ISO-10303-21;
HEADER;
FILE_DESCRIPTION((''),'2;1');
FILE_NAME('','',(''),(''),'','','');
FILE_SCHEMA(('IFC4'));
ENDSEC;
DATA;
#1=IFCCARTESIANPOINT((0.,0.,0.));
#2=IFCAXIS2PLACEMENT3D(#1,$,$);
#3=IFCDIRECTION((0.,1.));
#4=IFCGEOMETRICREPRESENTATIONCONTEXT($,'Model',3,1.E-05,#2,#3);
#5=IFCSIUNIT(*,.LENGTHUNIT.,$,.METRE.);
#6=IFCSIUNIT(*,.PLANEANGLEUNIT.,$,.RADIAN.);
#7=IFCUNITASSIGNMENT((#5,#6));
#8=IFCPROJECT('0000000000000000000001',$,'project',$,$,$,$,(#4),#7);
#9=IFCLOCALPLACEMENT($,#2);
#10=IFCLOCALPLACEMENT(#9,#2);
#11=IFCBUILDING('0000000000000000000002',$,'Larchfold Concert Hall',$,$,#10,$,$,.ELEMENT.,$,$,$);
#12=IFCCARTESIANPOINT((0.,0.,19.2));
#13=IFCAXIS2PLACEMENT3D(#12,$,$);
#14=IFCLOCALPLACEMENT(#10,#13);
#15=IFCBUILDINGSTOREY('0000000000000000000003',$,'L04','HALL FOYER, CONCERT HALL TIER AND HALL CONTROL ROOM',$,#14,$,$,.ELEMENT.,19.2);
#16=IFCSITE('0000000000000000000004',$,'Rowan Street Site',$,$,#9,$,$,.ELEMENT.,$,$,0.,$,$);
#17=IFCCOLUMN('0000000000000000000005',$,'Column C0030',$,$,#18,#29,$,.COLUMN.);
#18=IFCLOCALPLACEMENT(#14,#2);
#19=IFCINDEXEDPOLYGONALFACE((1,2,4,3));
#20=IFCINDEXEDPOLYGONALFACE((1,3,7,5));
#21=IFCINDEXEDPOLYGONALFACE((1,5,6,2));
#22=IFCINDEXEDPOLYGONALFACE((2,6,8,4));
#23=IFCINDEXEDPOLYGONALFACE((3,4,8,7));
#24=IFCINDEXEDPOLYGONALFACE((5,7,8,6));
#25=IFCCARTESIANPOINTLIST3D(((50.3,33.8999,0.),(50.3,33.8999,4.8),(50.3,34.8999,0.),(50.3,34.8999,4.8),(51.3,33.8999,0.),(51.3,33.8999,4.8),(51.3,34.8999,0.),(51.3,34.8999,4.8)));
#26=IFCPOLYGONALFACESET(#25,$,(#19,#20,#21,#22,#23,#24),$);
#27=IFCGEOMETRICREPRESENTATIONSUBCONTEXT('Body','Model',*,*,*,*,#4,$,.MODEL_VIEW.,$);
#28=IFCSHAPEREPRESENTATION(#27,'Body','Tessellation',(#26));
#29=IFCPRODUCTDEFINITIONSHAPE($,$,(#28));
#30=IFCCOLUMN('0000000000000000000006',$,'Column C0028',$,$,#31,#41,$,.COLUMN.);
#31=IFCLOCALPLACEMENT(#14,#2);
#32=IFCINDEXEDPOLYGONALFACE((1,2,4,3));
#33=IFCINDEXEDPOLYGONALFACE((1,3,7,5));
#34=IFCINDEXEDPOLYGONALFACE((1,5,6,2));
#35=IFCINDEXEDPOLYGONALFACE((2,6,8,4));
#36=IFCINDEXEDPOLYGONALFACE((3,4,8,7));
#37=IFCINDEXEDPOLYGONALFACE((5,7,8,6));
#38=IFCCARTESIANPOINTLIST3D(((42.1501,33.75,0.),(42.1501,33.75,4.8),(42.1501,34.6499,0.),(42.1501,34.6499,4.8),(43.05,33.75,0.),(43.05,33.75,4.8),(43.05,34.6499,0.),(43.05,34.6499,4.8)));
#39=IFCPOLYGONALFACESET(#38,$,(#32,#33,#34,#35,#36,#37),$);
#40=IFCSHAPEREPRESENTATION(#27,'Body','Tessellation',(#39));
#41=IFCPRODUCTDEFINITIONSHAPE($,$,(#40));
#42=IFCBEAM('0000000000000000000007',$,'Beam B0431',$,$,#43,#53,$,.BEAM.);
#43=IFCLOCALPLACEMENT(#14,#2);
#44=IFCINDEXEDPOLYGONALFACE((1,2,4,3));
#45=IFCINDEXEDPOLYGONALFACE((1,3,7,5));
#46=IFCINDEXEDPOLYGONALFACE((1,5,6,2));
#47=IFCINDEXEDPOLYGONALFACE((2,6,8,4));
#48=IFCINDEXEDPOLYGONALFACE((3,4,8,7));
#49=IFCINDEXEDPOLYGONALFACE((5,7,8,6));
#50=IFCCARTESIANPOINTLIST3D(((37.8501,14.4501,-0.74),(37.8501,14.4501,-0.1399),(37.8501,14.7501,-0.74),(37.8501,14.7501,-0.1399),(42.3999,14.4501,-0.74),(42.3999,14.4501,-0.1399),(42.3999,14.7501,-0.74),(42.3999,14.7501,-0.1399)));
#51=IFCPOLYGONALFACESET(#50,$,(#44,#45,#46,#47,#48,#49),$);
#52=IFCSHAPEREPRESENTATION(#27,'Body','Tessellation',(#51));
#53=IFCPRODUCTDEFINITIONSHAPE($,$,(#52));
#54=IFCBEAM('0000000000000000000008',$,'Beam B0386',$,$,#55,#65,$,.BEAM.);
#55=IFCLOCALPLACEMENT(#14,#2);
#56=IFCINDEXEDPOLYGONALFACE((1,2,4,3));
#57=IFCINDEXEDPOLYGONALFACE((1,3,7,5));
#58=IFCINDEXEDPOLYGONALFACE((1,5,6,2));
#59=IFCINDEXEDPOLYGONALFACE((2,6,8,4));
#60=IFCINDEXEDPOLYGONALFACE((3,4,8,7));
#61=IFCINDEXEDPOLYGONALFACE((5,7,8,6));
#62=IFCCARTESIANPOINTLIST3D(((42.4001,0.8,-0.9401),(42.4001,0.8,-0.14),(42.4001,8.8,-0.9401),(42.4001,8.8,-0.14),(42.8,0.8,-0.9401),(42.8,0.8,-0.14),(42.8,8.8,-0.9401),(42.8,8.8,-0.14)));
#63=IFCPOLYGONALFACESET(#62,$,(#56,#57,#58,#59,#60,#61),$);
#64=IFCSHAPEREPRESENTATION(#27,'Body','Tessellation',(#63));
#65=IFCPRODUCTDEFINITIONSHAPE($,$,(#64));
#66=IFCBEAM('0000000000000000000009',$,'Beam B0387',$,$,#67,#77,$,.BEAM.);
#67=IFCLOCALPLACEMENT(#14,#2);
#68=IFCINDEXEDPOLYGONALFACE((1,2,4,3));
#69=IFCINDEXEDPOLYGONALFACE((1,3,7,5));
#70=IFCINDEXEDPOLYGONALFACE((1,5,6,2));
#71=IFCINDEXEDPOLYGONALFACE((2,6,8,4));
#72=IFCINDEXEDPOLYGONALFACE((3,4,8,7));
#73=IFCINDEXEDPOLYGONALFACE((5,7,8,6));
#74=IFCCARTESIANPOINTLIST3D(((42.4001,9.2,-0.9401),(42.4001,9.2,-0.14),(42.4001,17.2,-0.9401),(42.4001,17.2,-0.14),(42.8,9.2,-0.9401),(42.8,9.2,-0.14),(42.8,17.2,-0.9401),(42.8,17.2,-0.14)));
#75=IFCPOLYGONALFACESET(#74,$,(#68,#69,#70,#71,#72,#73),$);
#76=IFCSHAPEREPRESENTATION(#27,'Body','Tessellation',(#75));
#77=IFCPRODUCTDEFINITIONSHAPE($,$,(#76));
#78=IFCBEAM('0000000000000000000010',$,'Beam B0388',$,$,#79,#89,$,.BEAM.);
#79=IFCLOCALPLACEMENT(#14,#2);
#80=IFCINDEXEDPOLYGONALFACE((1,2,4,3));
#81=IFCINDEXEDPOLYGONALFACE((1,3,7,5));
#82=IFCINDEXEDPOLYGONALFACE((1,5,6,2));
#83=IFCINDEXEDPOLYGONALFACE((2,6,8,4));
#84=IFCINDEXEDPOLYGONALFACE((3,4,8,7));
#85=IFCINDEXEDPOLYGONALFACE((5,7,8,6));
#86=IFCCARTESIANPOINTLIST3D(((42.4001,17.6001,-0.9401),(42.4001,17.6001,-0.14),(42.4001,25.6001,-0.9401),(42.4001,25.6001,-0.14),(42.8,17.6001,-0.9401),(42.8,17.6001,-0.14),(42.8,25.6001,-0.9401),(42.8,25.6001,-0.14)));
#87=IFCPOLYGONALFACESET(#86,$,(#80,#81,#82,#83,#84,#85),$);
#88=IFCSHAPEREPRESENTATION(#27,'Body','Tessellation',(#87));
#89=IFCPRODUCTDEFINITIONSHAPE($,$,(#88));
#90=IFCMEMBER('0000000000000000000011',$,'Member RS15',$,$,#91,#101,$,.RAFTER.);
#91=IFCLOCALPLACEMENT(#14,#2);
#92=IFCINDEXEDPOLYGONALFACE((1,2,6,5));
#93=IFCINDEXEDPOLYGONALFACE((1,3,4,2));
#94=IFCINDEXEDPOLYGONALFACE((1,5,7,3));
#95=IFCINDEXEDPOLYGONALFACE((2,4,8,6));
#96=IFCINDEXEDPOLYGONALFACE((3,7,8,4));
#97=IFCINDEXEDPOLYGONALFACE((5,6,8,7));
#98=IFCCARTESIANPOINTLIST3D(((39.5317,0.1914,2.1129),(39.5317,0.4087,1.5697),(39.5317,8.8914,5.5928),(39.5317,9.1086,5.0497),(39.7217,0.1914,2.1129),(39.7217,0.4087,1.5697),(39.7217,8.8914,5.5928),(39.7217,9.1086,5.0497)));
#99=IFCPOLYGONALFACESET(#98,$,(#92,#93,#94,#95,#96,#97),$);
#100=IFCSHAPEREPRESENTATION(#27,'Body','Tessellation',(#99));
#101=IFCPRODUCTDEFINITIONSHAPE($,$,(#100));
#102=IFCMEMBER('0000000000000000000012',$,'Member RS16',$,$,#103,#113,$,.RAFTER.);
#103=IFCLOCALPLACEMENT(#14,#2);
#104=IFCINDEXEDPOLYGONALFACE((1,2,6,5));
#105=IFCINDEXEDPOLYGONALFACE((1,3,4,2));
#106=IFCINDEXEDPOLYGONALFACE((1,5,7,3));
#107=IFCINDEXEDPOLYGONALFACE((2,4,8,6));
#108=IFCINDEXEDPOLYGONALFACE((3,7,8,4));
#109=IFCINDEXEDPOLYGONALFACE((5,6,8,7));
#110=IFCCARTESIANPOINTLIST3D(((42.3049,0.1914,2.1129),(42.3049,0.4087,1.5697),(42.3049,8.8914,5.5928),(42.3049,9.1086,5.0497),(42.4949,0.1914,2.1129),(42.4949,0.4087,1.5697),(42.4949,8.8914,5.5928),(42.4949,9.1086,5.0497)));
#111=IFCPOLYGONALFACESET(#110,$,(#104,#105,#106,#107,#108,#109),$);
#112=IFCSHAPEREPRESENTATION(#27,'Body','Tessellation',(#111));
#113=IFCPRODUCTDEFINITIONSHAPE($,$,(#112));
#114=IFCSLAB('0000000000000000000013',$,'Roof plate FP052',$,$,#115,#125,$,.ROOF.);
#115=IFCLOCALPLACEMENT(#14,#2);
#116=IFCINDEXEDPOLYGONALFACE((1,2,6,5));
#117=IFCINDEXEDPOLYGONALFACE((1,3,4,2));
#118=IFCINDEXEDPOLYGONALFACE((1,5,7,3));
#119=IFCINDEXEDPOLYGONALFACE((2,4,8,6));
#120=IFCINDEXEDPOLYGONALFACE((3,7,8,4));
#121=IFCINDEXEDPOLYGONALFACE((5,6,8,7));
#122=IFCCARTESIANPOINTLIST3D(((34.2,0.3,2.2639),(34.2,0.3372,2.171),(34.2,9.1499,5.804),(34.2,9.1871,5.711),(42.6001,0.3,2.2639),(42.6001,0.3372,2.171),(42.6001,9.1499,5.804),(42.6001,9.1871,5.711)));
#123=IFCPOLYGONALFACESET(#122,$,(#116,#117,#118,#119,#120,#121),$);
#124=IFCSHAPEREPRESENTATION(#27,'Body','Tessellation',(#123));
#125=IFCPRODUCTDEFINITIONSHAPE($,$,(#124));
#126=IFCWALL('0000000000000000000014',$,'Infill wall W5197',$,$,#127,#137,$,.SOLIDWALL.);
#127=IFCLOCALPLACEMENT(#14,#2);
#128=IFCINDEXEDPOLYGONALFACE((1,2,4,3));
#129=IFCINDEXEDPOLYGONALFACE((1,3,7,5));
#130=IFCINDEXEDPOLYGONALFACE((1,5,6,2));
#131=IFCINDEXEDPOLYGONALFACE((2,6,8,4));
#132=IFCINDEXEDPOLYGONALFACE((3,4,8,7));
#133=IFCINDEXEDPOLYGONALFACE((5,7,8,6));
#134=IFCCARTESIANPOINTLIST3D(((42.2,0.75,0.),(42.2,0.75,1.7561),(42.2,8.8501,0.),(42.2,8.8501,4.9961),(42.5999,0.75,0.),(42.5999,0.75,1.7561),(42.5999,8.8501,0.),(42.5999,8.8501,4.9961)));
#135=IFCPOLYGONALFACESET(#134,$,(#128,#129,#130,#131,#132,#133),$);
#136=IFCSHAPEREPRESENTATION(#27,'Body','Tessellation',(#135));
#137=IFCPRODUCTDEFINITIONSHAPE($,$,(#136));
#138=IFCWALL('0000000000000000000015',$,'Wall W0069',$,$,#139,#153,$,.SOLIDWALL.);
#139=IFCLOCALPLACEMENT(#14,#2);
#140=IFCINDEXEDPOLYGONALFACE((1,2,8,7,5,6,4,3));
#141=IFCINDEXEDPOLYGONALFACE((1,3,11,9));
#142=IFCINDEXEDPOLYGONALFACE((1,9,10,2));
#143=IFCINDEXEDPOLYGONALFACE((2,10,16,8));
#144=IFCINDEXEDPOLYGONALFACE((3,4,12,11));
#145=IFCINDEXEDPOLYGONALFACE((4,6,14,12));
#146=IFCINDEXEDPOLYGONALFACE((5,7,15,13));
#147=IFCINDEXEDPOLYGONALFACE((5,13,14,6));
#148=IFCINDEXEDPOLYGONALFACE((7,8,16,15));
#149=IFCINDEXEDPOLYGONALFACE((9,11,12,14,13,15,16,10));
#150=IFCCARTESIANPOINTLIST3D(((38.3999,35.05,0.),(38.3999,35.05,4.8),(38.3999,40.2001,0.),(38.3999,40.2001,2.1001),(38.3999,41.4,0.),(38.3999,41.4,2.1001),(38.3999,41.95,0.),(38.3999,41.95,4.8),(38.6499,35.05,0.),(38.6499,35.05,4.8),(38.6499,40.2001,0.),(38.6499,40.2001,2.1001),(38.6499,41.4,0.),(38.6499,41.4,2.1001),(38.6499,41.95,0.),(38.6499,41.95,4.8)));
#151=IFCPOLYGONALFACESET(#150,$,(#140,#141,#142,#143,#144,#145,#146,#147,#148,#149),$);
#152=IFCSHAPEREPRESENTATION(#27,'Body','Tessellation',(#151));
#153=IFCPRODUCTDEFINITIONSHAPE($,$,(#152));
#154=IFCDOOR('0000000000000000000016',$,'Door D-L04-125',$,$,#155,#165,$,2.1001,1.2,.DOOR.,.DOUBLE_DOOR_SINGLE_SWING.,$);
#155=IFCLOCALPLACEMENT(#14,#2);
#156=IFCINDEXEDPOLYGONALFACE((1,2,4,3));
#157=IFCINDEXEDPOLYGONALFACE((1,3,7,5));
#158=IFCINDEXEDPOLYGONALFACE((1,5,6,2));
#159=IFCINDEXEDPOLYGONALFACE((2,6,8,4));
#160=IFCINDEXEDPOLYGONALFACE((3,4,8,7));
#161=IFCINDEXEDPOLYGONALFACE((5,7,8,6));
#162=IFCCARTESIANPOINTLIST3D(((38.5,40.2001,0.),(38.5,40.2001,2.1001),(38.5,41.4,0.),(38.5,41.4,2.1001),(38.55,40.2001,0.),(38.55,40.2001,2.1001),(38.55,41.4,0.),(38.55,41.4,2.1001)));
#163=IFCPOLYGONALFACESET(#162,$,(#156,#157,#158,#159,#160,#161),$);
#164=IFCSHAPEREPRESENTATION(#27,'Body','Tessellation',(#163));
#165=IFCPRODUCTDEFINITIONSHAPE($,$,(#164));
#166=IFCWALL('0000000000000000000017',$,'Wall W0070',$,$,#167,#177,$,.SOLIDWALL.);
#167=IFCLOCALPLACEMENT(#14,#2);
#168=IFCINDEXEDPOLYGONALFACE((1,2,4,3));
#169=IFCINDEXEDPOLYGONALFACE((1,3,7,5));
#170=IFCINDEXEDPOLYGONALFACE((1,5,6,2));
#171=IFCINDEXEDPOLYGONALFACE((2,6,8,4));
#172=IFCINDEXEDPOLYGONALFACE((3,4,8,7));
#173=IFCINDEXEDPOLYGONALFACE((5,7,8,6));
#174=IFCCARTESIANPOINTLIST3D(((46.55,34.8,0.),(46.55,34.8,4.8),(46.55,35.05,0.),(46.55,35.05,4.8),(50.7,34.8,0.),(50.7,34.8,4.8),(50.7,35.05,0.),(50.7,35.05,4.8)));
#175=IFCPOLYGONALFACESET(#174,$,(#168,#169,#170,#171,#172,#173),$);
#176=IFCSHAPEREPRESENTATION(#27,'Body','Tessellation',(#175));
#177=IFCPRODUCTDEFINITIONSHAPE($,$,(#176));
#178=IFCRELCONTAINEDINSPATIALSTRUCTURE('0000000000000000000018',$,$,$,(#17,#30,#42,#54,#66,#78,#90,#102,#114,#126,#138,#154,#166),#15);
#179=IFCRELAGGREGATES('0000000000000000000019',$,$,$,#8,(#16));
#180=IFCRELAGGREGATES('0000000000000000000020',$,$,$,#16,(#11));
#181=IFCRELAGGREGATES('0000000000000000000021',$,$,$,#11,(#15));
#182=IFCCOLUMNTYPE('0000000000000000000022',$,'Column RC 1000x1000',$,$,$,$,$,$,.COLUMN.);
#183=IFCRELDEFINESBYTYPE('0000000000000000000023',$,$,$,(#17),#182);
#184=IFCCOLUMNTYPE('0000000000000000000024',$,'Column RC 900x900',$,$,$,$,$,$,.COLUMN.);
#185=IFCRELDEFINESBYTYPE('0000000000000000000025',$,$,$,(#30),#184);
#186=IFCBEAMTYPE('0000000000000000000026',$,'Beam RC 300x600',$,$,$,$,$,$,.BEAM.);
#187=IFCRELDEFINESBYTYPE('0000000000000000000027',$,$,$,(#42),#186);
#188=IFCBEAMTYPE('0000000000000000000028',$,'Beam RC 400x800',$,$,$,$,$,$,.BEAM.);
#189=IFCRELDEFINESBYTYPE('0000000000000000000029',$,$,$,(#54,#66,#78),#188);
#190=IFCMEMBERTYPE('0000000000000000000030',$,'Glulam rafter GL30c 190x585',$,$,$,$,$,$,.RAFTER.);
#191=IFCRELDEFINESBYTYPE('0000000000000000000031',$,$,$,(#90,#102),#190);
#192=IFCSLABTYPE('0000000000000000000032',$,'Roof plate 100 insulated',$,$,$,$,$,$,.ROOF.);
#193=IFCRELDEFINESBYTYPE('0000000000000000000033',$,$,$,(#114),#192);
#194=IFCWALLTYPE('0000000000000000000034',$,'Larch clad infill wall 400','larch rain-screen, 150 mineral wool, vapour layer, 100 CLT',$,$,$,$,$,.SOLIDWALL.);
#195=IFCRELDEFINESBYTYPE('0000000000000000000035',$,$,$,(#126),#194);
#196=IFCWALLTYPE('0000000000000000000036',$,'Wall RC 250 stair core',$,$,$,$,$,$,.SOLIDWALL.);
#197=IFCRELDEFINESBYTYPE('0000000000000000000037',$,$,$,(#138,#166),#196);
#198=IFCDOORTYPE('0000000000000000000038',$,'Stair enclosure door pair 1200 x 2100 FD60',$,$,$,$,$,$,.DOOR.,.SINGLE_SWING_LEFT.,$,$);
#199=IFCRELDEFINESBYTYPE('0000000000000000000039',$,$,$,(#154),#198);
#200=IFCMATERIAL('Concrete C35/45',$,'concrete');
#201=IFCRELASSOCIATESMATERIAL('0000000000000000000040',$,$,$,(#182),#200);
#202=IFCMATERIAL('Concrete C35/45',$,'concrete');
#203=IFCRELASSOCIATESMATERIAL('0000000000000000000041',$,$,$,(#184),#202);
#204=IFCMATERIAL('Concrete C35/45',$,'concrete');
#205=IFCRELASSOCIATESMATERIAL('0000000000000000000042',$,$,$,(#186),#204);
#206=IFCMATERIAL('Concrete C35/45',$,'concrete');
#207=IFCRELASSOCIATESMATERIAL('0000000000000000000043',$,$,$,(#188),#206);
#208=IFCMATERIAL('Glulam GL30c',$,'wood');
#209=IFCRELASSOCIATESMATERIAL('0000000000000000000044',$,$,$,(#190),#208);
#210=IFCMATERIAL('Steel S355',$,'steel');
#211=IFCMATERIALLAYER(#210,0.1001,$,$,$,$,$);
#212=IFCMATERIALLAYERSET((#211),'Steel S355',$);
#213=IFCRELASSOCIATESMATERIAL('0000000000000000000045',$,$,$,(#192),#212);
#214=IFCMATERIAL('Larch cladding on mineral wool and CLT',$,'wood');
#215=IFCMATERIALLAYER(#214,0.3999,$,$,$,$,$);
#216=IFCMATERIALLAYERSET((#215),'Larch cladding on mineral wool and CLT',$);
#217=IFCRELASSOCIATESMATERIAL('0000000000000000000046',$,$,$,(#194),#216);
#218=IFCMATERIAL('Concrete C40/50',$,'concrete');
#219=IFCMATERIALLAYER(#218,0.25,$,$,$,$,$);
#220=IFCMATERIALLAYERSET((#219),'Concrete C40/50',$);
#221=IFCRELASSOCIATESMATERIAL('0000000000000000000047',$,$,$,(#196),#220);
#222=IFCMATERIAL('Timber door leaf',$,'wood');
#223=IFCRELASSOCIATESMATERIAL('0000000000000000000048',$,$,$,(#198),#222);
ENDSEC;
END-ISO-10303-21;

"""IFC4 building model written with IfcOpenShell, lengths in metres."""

from ifc_helpers import new_model, si_unit, direction, frame, frame_2d, origin, origin_2d, place, context, subcontext, project, spatial, polyline, rectangle, outline, extrude, material, layer, layer_set, material_profile, profile_set, type_object, element, fill, save


model = new_model("IFC4")

# Units and contexts
model_context = context("Model", 3, precision=1e-05, world=origin(), true_north=direction((0.0, 1.0)))
body_context = subcontext(model_context, "Body", "Model", "MODEL_VIEW")
ifc_project = project(units=[si_unit("LENGTHUNIT", "METRE"), si_unit("PLANEANGLEUNIT", "RADIAN")], contexts=[model_context])

# Site, building, storey
site_placement = place(None, origin())
site = spatial("IfcSite", under=ifc_project, at=site_placement, Name="Rowan Street Site", CompositionType="ELEMENT", RefElevation=0.0)
building_placement = place(site_placement, origin())
building = spatial("IfcBuilding", under=site, at=building_placement, Name="Larchfold Concert Hall", CompositionType="ELEMENT")
storey_placement = place(building_placement, frame((0.0, 0.0, 19.2)))
storey = spatial("IfcBuildingStorey", under=building, at=storey_placement, Name="L04", Description="HALL FOYER, CONCERT HALL TIER AND HALL CONTROL ROOM", CompositionType="ELEMENT", Elevation=19.2)

# Columns
ifc_material_1 = material(Name="Concrete C35/45", Category="concrete")
ifc_material_profile_1 = material_profile(ifc_material_1, rectangle(XDim=1.0, YDim=1.0, at=origin_2d()))
ifc_profile_set_1 = profile_set([ifc_material_profile_1], Name="Concrete C35/45")
column_type_1 = type_object("IfcColumnType", Name="Column RC 1000x1000", PredefinedType="COLUMN", material=ifc_profile_set_1)
column_1_placement = place(storey_placement, frame((50.8, 34.3999, 0.0), z_axis=(0.0, 0.0, 1.0), x_axis=(1.0, 0.0, 0.0)))
element("IfcColumn", 1, at=column_1_placement, inside=storey, type_object=column_type_1, Name="Column C0030", PredefinedType="COLUMN", context=body_context, shape_type="SweptSolid", body=[
    extrude(rectangle(XDim=1.0, YDim=1.0, at=origin_2d()), origin(), (0.0, 0.0, 1.0), 4.8),
])
ifc_material_2 = material(Name="Concrete C35/45", Category="concrete")
ifc_material_profile_2 = material_profile(ifc_material_2, rectangle(XDim=0.8999, YDim=0.8999, at=origin_2d()))
ifc_profile_set_2 = profile_set([ifc_material_profile_2], Name="Concrete C35/45")
column_type_2 = type_object("IfcColumnType", Name="Column RC 900x900", PredefinedType="COLUMN", material=ifc_profile_set_2)
column_2_placement = place(storey_placement, frame((42.6001, 34.2, 0.0), z_axis=(0.0, 0.0, 1.0), x_axis=(1.0, 0.0, 0.0)))
element("IfcColumn", 2, at=column_2_placement, inside=storey, type_object=column_type_2, Name="Column C0028", PredefinedType="COLUMN", context=body_context, shape_type="SweptSolid", body=[
    extrude(rectangle(XDim=0.8999, YDim=0.8999, at=origin_2d()), origin(), (0.0, 0.0, 1.0), 4.8),
])

# Beams
ifc_material_3 = material(Name="Concrete C35/45", Category="concrete")
ifc_material_profile_3 = material_profile(ifc_material_3, rectangle(XDim=0.3, YDim=0.6001, at=origin_2d()))
ifc_profile_set_3 = profile_set([ifc_material_profile_3], Name="Concrete C35/45")
beam_type_1 = type_object("IfcBeamType", Name="Beam RC 300x600", PredefinedType="BEAM", material=ifc_profile_set_3)
beam_placement = place(storey_placement, frame((37.8501, 14.6001, -0.4399), z_axis=(1.0, 0.0, 0.0), x_axis=(0.0, 1.0, 0.0)))
element("IfcBeam", 3, at=beam_placement, inside=storey, type_object=beam_type_1, Name="Beam B0431", PredefinedType="BEAM", context=body_context, shape_type="SweptSolid", body=[
    extrude(rectangle(XDim=0.3, YDim=0.6001, at=origin_2d()), origin(), (0.0, 0.0, 1.0), 4.5498),
])
ifc_material_4 = material(Name="Concrete C35/45", Category="concrete")
ifc_material_profile_4 = material_profile(ifc_material_4, rectangle(XDim=0.3999, YDim=0.8, at=origin_2d()))
ifc_profile_set_4 = profile_set([ifc_material_profile_4], Name="Concrete C35/45")
beam_type_2 = type_object("IfcBeamType", Name="Beam RC 400x800", PredefinedType="BEAM", material=ifc_profile_set_4)
for number, where, z_axis, x_axis, name in (
    (4, (42.6001, 0.8, -0.54), (0.0, 1.0, 0.0), (-1.0, 0.0, 0.0), "Beam B0386"),
    (5, (42.6001, 9.2, -0.54), (0.0, 1.0, 0.0), (-1.0, 0.0, 0.0), "Beam B0387"),
    (6, (42.6001, 17.6001, -0.54), (0.0, 1.0, 0.0), (-1.0, 0.0, 0.0), "Beam B0388"),
):
    element("IfcBeam", number, at=place(storey_placement, frame(where, z_axis=z_axis, x_axis=x_axis)), inside=storey, type_object=beam_type_2, Name=name, PredefinedType="BEAM", context=body_context, shape_type="SweptSolid", body=[
        extrude(rectangle(XDim=0.3999, YDim=0.8, at=origin_2d()), origin(), (0.0, 0.0, 1.0), 8.0),
    ])

# Members
ifc_material_5 = material(Name="Glulam GL30c", Category="wood")
ifc_material_profile_5 = material_profile(ifc_material_5, rectangle(XDim=0.1899, YDim=0.585, at=origin_2d()))
ifc_profile_set_5 = profile_set([ifc_material_profile_5], Name="Glulam GL30c")
member_type = type_object("IfcMemberType", Name="Glulam rafter GL30c 190x585", PredefinedType="RAFTER", material=ifc_profile_set_5)
for number, where, z_axis, x_axis, name in (
    (7, (39.6267, 0.3, 1.8413), (0.0, 0.928477, 0.371391), (-1.0, 0.0, 0.0), "Member RS15"),
    (8, (42.3999, 0.3, 1.8413), (0.0, 0.928477, 0.371391), (-1.0, 0.0, 0.0), "Member RS16"),
):
    element("IfcMember", number, at=place(storey_placement, frame(where, z_axis=z_axis, x_axis=x_axis)), inside=storey, type_object=member_type, Name=name, PredefinedType="RAFTER", context=body_context, shape_type="SweptSolid", body=[
        extrude(rectangle(XDim=0.1899, YDim=0.585, at=origin_2d()), origin(), (0.0, 0.0, 1.0), 9.3701),
    ])

# Slab
ifc_material_6 = material(Name="Steel S355", Category="steel")
ifc_layer_1 = layer(ifc_material_6, 0.1001)
ifc_layer_set_1 = layer_set([ifc_layer_1], Name="Steel S355")
slab_type = type_object("IfcSlabType", Name="Roof plate 100 insulated", PredefinedType="ROOF", material=ifc_layer_set_1)
slab_placement = place(storey_placement, frame((42.6001, 0.3, 2.2639), z_axis=(0.0, -0.3714, 0.928473), x_axis=(0.0, 0.928473, 0.3714)))
element("IfcSlab", 9, at=slab_placement, inside=storey, type_object=slab_type, Name="Roof plate FP052", PredefinedType="ROOF", context=body_context, shape_type="SweptSolid", body=[
    extrude(outline(polyline([(0.0, 0.0), (9.5316, 0.0), (9.5316, 8.4001), (0.0, 8.4001), (0.0, 0.0)])), origin(), (0.0, 0.0, -1.0), 0.1001),
])

# Wall
ifc_material_7 = material(Name="Larch cladding on mineral wool and CLT", Category="wood")
ifc_layer_2 = layer(ifc_material_7, 0.3999)
ifc_layer_set_2 = layer_set([ifc_layer_2], Name="Larch cladding on mineral wool and CLT")
wall_type_1 = type_object("IfcWallType", Name="Larch clad infill wall 400", Description="larch rain-screen, 150 mineral wool, vapour layer, 100 CLT", PredefinedType="SOLIDWALL", material=ifc_layer_set_2)
wall_1_placement = place(storey_placement, frame((42.3999, 0.75, 0.0), z_axis=(0.0, 0.0, 1.0), x_axis=(0.0, 1.0, 0.0)))
element("IfcWall", 10, at=wall_1_placement, inside=storey, type_object=wall_type_1, Name="Infill wall W5197", PredefinedType="SOLIDWALL", context=body_context, shape_type="SweptSolid", body=[
    extrude(outline(polyline([(0.0, 0.0), (8.1001, 0.0), (8.1001, 4.9961), (0.0, 1.7561), (0.0, 0.0)])), frame((0.0, 0.2, 0.0), z_axis=(0.0, -1.0, 0.0), x_axis=(1.0, 0.0, 0.0)), (0.0, 0.0, 1.0), 0.3999),
])

# Wall, opening, door
ifc_material_8 = material(Name="Concrete C40/50", Category="concrete")
ifc_layer_3 = layer(ifc_material_8, 0.25)
ifc_layer_set_3 = layer_set([ifc_layer_3], Name="Concrete C40/50")
wall_type_2 = type_object("IfcWallType", Name="Wall RC 250 stair core", PredefinedType="SOLIDWALL", material=ifc_layer_set_3)
wall_2_placement = place(storey_placement, frame((38.5249, 35.05, 0.0), z_axis=(0.0, 0.0, 1.0), x_axis=(0.0, 1.0, 0.0)))
wall_2 = element("IfcWall", 11, at=wall_2_placement, inside=storey, type_object=wall_type_2, Name="Wall W0069", PredefinedType="SOLIDWALL", context=body_context, shape_type="SweptSolid", body=[
    extrude(rectangle(XDim=6.8999, YDim=0.25, at=frame_2d((3.45, 0.0))), origin(), (0.0, 0.0, 1.0), 4.8),
])
opening_1_placement = place(wall_2_placement, frame((5.1499, 0.0, 0.0)))
opening_1 = element("IfcOpeningElement", 12, at=opening_1_placement, cuts=wall_2, PredefinedType="OPENING", context=body_context, shape_type="SweptSolid", body=[
    extrude(rectangle(XDim=1.2, YDim=2.1001, at=frame_2d((0.6001, 1.05))), frame((0.0, 0.135, 0.0), z_axis=(0.0, -1.0, 0.0), x_axis=(1.0, 0.0, 0.0)), (0.0, 0.0, 1.0), 0.27),
])
ifc_material_9 = material(Name="Timber door leaf", Category="wood")
door_type = type_object("IfcDoorType", Name="Stair enclosure door pair 1200 x 2100 FD60", OperationType="SINGLE_SWING_LEFT", PredefinedType="DOOR", material=ifc_material_9)
door_placement = place(opening_1_placement, origin())
door = element("IfcDoor", 13, at=door_placement, inside=storey, type_object=door_type, Name="Door D-L04-125", OperationType="DOUBLE_DOOR_SINGLE_SWING", OverallHeight=2.1001, OverallWidth=1.2, PredefinedType="DOOR", context=body_context, shape_type="SweptSolid", body=[
    extrude(rectangle(XDim=1.2, YDim=2.1001, at=frame_2d((0.6001, 1.05))), frame((0.0, 0.0249, 0.0), z_axis=(0.0, -1.0, 0.0), x_axis=(1.0, 0.0, 0.0)), (0.0, 0.0, 1.0), 0.05),
])
fill(opening_1, door)

# Wall
wall_3_placement = place(storey_placement, frame((46.55, 34.925, 0.0), z_axis=(0.0, 0.0, 1.0), x_axis=(1.0, 0.0, 0.0)))
element("IfcWall", 14, at=wall_3_placement, inside=storey, type_object=wall_type_2, Name="Wall W0070", PredefinedType="SOLIDWALL", context=body_context, shape_type="SweptSolid", body=[
    extrude(rectangle(XDim=4.1499, YDim=0.25, at=frame_2d((2.075, 0.0))), origin(), (0.0, 0.0, 1.0), 4.8),
])

save(model, "model.ifc")
